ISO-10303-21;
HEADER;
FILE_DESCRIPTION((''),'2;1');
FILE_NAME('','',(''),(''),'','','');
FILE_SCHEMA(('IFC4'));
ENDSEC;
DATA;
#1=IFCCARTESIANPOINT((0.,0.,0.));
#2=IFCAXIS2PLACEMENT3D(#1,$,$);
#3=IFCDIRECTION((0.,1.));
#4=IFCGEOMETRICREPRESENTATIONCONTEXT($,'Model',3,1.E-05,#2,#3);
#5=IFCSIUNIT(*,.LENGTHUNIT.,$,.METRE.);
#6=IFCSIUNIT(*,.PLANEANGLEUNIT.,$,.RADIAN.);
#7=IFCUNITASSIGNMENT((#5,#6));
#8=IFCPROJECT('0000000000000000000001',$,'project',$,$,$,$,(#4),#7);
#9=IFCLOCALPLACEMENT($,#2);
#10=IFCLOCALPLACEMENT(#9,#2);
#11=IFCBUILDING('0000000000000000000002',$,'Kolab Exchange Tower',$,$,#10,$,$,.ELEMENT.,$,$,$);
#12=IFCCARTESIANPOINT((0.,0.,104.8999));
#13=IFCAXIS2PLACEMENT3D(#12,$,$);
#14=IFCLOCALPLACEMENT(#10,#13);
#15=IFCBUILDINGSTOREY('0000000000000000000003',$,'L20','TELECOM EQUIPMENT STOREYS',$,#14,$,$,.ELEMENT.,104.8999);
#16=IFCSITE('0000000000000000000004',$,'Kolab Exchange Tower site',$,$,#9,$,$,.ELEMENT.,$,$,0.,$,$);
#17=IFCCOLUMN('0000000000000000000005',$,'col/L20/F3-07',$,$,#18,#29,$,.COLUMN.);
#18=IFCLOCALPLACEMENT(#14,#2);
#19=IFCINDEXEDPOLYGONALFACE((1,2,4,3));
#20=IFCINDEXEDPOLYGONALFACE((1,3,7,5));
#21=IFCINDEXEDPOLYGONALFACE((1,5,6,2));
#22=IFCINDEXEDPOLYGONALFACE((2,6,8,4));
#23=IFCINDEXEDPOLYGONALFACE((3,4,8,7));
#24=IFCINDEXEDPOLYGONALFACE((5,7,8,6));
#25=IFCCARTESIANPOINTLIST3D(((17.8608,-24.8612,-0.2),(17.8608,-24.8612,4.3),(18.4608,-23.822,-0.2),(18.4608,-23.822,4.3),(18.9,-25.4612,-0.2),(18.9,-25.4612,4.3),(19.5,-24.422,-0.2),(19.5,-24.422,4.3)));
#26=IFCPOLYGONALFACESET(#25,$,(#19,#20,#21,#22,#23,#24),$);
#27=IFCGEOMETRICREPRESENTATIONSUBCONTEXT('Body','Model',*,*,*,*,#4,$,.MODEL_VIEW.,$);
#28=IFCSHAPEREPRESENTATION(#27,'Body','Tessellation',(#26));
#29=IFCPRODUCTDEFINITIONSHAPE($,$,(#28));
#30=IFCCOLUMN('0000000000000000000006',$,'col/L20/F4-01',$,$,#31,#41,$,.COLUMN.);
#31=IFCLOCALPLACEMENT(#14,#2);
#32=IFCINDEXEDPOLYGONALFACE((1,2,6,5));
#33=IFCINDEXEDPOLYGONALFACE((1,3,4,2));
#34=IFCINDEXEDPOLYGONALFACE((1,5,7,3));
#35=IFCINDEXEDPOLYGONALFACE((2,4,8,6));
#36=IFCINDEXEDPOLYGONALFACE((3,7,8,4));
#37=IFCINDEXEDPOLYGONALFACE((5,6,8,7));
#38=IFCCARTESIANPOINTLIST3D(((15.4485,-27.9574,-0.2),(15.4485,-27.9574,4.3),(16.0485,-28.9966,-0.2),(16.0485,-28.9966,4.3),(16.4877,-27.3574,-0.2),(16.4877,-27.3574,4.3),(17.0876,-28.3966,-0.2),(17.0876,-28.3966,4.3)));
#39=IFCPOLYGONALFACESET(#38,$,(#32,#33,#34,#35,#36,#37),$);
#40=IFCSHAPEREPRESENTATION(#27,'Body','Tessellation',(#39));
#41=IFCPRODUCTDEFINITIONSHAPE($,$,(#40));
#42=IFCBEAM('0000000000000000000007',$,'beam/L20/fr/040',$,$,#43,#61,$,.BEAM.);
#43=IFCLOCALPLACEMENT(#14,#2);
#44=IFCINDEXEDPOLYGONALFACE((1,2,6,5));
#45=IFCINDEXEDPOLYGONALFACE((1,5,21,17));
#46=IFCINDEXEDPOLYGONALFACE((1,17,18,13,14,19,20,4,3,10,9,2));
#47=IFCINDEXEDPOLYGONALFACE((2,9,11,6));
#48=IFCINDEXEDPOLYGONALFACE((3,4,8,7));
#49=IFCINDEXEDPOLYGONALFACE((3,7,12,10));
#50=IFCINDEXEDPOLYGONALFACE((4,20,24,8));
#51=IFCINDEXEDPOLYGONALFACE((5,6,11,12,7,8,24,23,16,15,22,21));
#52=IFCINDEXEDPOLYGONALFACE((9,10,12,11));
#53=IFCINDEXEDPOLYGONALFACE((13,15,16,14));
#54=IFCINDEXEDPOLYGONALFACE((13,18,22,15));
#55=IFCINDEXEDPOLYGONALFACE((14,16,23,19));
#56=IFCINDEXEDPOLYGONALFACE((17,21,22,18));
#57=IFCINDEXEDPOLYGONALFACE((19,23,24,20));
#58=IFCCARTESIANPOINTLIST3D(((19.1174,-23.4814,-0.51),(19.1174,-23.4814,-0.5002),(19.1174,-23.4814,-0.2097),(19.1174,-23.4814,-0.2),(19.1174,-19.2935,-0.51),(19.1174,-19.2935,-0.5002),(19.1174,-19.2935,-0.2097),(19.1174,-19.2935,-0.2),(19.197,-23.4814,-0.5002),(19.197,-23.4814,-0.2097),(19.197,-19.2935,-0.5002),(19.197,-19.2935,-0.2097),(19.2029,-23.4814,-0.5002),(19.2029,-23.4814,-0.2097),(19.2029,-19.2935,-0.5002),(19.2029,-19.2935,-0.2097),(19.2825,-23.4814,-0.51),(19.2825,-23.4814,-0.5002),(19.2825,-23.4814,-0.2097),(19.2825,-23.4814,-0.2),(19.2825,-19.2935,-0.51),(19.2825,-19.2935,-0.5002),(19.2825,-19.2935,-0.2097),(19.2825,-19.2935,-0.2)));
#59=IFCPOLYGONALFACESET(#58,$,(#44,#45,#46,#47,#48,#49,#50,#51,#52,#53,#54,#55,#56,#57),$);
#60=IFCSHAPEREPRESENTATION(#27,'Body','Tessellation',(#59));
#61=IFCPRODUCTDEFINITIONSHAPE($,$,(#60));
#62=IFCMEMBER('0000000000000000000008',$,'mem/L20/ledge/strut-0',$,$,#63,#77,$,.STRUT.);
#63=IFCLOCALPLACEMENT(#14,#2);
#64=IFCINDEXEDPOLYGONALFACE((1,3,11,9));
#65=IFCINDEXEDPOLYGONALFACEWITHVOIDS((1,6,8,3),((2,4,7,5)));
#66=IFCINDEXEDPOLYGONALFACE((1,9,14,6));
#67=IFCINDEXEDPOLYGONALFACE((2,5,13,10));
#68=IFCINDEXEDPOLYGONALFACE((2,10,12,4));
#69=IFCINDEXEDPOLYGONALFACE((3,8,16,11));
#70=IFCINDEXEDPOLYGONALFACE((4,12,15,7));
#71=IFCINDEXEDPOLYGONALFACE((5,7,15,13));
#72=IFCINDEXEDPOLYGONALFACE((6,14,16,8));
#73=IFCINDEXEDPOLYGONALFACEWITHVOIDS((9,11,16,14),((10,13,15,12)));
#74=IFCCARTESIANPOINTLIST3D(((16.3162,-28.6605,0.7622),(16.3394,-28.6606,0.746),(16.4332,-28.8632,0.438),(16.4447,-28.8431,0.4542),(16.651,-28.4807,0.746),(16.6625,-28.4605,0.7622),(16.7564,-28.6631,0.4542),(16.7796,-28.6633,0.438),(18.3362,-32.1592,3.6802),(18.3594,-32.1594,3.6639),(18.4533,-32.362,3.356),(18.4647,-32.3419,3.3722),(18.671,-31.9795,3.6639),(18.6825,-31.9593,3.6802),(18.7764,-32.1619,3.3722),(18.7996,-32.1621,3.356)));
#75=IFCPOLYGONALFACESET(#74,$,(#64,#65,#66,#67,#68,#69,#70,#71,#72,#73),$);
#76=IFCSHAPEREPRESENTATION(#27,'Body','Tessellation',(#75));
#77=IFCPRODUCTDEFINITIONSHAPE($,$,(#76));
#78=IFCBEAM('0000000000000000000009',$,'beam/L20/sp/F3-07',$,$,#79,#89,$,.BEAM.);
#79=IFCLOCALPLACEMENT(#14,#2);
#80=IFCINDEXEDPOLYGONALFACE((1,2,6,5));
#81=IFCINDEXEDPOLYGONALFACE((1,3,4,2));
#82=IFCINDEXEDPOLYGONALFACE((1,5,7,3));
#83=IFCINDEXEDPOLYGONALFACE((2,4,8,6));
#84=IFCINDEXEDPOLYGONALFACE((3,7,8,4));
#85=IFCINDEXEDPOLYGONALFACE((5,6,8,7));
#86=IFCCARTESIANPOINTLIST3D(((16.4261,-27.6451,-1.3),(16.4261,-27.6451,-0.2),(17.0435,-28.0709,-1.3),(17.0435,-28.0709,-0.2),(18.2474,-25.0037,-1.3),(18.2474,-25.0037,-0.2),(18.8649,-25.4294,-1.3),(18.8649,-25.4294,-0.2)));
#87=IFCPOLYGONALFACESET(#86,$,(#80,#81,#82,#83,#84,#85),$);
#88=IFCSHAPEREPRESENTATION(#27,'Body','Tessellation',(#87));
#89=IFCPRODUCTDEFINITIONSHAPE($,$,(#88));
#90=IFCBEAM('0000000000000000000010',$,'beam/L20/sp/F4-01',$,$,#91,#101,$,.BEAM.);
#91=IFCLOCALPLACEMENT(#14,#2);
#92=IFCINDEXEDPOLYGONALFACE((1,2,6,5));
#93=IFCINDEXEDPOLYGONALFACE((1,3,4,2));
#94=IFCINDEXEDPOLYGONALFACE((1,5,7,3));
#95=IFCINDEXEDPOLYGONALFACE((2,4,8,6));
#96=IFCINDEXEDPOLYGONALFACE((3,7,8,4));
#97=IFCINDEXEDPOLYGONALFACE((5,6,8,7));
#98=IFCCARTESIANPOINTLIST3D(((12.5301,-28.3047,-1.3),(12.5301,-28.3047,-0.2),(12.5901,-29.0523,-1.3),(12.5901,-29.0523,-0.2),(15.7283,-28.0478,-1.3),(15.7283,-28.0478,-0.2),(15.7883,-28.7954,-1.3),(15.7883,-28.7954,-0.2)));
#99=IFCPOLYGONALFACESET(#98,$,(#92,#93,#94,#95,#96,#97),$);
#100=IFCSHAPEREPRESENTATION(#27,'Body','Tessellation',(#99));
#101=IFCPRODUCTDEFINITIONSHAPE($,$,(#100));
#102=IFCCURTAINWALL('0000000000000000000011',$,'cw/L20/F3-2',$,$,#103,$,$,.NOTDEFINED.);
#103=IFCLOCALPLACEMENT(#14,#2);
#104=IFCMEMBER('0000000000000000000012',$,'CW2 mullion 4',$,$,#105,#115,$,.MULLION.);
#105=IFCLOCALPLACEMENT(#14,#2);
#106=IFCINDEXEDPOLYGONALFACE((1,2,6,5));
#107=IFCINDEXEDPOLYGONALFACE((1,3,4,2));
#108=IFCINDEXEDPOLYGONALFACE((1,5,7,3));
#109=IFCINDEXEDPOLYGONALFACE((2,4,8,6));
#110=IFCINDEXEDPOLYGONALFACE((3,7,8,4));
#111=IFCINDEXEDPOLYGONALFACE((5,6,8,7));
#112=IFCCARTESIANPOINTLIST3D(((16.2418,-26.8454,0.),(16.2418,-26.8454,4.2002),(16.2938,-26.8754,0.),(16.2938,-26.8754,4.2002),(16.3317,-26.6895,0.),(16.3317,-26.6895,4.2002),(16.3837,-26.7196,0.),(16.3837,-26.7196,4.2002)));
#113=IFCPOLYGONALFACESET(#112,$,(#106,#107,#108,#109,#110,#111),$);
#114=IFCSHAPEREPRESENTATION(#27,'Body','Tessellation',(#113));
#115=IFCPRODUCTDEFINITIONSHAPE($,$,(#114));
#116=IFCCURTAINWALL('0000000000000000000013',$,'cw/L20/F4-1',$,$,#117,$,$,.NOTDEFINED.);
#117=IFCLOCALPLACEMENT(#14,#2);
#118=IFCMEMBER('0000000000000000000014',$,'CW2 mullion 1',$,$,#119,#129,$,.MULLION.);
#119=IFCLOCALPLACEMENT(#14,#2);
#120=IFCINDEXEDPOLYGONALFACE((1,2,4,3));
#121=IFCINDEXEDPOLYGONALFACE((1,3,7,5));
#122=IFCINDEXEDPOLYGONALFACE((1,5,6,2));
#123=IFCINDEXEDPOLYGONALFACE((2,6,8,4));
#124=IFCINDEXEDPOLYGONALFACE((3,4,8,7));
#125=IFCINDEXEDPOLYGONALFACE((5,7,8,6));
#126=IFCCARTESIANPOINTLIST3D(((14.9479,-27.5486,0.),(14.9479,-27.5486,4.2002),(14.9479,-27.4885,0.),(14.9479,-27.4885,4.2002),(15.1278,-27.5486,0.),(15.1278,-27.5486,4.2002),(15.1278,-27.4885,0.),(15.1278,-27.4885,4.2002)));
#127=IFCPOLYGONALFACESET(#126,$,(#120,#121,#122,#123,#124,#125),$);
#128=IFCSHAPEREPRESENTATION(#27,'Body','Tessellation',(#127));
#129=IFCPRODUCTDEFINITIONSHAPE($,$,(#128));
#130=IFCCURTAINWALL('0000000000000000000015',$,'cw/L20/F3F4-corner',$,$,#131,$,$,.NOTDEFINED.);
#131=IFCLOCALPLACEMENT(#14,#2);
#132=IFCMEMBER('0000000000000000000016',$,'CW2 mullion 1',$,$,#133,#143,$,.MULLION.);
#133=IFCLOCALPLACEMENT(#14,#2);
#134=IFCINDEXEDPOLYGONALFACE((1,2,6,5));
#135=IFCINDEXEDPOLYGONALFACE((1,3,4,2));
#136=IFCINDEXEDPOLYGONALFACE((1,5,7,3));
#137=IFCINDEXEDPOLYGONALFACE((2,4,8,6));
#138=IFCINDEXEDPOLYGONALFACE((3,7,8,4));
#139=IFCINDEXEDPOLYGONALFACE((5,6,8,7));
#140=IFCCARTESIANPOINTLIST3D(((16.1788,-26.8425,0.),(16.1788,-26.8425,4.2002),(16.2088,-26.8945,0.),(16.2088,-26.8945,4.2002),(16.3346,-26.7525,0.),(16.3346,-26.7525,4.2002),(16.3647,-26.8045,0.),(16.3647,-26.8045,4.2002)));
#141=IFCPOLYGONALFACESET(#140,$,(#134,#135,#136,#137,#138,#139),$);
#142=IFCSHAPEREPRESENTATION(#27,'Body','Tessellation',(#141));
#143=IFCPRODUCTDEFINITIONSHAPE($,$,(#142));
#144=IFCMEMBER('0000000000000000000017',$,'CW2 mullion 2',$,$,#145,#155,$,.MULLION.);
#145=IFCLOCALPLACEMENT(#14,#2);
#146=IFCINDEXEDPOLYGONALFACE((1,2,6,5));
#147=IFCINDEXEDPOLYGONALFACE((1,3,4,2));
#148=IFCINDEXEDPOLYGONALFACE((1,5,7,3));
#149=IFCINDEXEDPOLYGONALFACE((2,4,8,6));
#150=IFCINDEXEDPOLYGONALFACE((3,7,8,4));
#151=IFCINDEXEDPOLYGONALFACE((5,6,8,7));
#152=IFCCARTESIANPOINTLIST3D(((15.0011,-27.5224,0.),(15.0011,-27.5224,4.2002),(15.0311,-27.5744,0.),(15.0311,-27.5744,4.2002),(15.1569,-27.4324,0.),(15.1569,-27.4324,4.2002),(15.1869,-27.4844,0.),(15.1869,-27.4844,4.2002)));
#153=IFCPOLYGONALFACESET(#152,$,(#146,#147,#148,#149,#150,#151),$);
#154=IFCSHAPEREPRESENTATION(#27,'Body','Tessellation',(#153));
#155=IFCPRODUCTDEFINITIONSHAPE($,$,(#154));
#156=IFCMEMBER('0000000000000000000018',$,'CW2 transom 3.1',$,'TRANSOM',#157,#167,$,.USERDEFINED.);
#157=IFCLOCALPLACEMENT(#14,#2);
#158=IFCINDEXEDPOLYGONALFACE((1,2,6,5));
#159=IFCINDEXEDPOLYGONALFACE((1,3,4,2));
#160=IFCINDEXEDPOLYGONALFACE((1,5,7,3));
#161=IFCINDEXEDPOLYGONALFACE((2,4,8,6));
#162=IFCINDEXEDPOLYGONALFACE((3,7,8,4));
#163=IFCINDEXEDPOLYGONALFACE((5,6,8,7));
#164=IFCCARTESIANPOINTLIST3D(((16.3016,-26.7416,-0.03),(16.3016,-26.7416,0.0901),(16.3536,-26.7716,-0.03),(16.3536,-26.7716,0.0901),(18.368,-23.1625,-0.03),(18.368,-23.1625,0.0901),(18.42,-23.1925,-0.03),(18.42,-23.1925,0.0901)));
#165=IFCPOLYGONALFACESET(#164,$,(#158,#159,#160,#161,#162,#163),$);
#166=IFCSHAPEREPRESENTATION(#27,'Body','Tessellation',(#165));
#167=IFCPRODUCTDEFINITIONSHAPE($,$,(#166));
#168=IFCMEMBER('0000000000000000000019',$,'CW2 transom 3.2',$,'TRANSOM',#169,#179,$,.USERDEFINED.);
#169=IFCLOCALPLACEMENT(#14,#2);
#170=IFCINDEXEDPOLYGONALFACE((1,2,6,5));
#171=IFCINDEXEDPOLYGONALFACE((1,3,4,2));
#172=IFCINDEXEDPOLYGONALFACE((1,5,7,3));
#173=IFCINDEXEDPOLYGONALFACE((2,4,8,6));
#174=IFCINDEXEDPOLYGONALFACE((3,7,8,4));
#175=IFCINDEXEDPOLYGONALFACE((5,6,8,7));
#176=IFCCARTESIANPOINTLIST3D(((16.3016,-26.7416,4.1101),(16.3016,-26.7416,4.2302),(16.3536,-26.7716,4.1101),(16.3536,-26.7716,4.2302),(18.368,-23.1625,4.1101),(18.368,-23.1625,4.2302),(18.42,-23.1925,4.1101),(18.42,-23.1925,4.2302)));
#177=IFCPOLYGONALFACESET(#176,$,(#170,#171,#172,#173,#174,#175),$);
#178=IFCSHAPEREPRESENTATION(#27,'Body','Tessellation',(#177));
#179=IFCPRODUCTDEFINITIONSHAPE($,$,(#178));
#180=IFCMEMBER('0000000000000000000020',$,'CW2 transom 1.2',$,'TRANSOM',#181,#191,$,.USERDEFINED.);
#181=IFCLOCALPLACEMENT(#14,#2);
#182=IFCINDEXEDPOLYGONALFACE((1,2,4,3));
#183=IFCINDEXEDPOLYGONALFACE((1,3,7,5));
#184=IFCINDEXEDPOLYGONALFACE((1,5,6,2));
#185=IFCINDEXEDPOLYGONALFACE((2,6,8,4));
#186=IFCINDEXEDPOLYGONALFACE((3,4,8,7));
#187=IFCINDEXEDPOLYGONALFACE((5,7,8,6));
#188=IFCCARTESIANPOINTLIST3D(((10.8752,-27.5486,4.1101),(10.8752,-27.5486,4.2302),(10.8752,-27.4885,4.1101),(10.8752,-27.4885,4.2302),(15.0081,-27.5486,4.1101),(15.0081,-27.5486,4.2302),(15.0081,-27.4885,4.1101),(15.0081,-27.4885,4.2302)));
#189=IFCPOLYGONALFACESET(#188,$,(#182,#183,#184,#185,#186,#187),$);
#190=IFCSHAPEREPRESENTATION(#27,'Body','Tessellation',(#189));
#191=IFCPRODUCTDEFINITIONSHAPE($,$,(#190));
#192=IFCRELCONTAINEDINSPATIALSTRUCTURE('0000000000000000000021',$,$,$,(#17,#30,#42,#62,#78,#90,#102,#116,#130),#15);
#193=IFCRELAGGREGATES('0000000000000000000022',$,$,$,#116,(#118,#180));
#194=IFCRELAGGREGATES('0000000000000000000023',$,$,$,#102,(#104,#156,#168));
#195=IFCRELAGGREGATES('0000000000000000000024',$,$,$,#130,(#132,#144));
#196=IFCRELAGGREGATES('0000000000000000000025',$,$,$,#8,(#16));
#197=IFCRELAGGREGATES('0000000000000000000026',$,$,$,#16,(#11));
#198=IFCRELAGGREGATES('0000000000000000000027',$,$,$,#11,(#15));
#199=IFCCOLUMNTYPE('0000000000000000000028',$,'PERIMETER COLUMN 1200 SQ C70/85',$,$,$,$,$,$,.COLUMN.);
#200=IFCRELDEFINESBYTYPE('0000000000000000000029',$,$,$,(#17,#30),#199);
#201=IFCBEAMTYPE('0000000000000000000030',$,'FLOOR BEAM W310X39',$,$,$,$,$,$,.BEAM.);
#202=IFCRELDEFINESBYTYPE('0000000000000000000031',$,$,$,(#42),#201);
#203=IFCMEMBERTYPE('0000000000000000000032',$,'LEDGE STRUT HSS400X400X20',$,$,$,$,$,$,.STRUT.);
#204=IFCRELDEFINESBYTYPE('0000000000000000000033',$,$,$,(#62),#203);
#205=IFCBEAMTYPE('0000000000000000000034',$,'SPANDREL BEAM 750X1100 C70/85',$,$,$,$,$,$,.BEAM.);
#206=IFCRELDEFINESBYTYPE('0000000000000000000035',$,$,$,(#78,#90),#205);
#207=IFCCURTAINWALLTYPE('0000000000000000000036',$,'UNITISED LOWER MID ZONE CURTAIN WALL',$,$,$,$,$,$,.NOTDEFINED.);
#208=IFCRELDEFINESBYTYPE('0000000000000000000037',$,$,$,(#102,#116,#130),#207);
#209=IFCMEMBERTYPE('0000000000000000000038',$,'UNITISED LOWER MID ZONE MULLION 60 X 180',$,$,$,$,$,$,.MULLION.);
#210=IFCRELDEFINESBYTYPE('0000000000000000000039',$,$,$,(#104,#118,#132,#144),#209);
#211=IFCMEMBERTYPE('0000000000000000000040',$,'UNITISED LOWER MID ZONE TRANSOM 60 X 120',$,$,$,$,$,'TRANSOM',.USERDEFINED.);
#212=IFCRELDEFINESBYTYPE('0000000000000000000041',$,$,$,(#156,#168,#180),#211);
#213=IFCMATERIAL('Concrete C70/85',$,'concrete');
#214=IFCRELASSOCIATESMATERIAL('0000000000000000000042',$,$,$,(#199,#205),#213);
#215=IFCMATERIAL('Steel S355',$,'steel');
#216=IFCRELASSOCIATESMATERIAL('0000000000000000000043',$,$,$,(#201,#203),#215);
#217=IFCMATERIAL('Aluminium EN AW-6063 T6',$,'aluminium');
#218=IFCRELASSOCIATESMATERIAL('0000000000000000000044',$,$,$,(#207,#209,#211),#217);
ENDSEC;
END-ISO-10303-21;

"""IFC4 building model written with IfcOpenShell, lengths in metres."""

from ifc_helpers import new_model, si_unit, direction, frame, origin, origin_2d, place, context, subcontext, project, spatial, rectangle, hollow_rectangle, i_section, extrude, material, material_profile, profile_set, type_object, element, aggregate, save


model = new_model("IFC4")

# Units and contexts
model_context = context("Model", 3, precision=1e-05, world=origin(), true_north=direction((0.0, 1.0)))
body_context = subcontext(model_context, "Body", "Model", "MODEL_VIEW")
ifc_project = project(units=[si_unit("LENGTHUNIT", "METRE"), si_unit("PLANEANGLEUNIT", "RADIAN")], contexts=[model_context])

# Site, building, storey
site_placement = place(None, origin())
site = spatial("IfcSite", under=ifc_project, at=site_placement, Name="Kolab Exchange Tower site", CompositionType="ELEMENT", RefElevation=0.0)
building_placement = place(site_placement, origin())
building = spatial("IfcBuilding", under=site, at=building_placement, Name="Kolab Exchange Tower", CompositionType="ELEMENT")
storey_placement = place(building_placement, frame((0.0, 0.0, 104.8999)))
storey = spatial("IfcBuildingStorey", under=building, at=storey_placement, Name="L20", Description="TELECOM EQUIPMENT STOREYS", CompositionType="ELEMENT", Elevation=104.8999)

# Columns
ifc_material_1 = material(Name="Concrete C70/85", Category="concrete")
ifc_material_profile_1 = material_profile(ifc_material_1, rectangle(XDim=1.2, YDim=1.2, at=origin_2d()), Name="RC1200")
ifc_profile_set_1 = profile_set([ifc_material_profile_1], Name="Concrete C70/85")
column_type = type_object("IfcColumnType", Name="PERIMETER COLUMN 1200 SQ C70/85", PredefinedType="COLUMN", material=ifc_profile_set_1)
for number, where, z_axis, x_axis, name in (
    (1, (18.6804, -24.6416, -0.2), (0.0, 0.0, 1.0), (0.5, 0.866025, 0.0), "col/L20/F3-07"),
    (2, (16.2681, -28.177, -0.2), (0.0, 0.0, 1.0), (0.866025, 0.5, 0.0), "col/L20/F4-01"),
):
    element("IfcColumn", number, at=place(storey_placement, frame(where, z_axis=z_axis, x_axis=x_axis)), inside=storey, type_object=column_type, Name=name, PredefinedType="COLUMN", context=body_context, shape_type="SweptSolid", body=[
        extrude(rectangle(XDim=1.2, YDim=1.2, at=origin_2d()), origin(), (0.0, 0.0, 1.0), 4.5),
    ])

# Beam
ifc_material_2 = material(Name="Steel S355", Category="steel")
ifc_material_profile_2 = material_profile(ifc_material_2, i_section(OverallWidth=0.165, OverallDepth=0.3101, WebThickness=0.0059, FlangeThickness=0.0098, at=origin_2d()), Name="W310X39")
ifc_profile_set_2 = profile_set([ifc_material_profile_2], Name="Steel S355")
beam_type_1 = type_object("IfcBeamType", Name="FLOOR BEAM W310X39", PredefinedType="BEAM", material=ifc_profile_set_2)
beam_placement = place(storey_placement, frame((19.2, -23.4814, -0.355), z_axis=(0.0, 1.0, 0.0), x_axis=(-1.0, 0.0, 0.0)))
element("IfcBeam", 3, at=beam_placement, inside=storey, type_object=beam_type_1, Name="beam/L20/fr/040", PredefinedType="BEAM", context=body_context, shape_type="SweptSolid", body=[
    extrude(i_section(OverallWidth=0.165, OverallDepth=0.3101, WebThickness=0.0059, FlangeThickness=0.0098, at=origin_2d()), origin(), (0.0, 0.0, 1.0), 4.188),
])

# Member
ifc_material_profile_3 = material_profile(ifc_material_2, hollow_rectangle(XDim=0.3999, YDim=0.3999, WallThickness=0.02, at=origin_2d()), Name="HSS400X400X20")
ifc_profile_set_3 = profile_set([ifc_material_profile_3], Name="Steel S355")
member_type_1 = type_object("IfcMemberType", Name="LEDGE STRUT HSS400X400X20", PredefinedType="STRUT", material=ifc_profile_set_3)
member_1_placement = place(storey_placement, frame((16.5479, -28.6619, 0.6001), z_axis=(0.405332, -0.702056, 0.585512), x_axis=(0.866026, 0.5, 0.0)))
element("IfcMember", 4, at=member_1_placement, inside=storey, type_object=member_type_1, Name="mem/L20/ledge/strut-0", PredefinedType="STRUT", context=body_context, shape_type="SweptSolid", body=[
    extrude(hollow_rectangle(XDim=0.3999, YDim=0.3999, WallThickness=0.02, at=origin_2d()), origin(), (0.0, 0.0, 1.0), 4.9836),
])

# Beams
ifc_material_profile_4 = material_profile(ifc_material_1, rectangle(XDim=0.75, YDim=1.1001, at=origin_2d()), Name="RC750X1100")
ifc_profile_set_4 = profile_set([ifc_material_profile_4], Name="Concrete C70/85")
beam_type_2 = type_object("IfcBeamType", Name="SPANDREL BEAM 750X1100 C70/85", PredefinedType="BEAM", material=ifc_profile_set_4)
for number, where, z_axis, x_axis, name in (
    (5, (18.5562, -25.2166, -0.75), (-0.567662, -0.823262, 0.0), (0.823262, -0.567662, 0.0), "beam/L20/sp/F3-07"),
    (6, (15.7583, -28.4216, -0.75), (-0.996791, -0.080048, 0.0), (0.080048, -0.996791, 0.0), "beam/L20/sp/F4-01"),
):
    element("IfcBeam", number, at=place(storey_placement, frame(where, z_axis=z_axis, x_axis=x_axis)), inside=storey, type_object=beam_type_2, Name=name, PredefinedType="BEAM", context=body_context, shape_type="SweptSolid", body=[
        extrude(rectangle(XDim=0.75, YDim=1.1001, at=origin_2d()), origin(), (0.0, 0.0, 1.0), 3.2085),
    ])

# Curtain walls, members
ifc_material_3 = material(Name="Aluminium EN AW-6063 T6", Category="aluminium")
curtain_wall_type = type_object("IfcCurtainWallType", Name="UNITISED LOWER MID ZONE CURTAIN WALL", PredefinedType="NOTDEFINED", material=ifc_material_3)
curtain_wall_1_placement = place(storey_placement, origin())
curtain_wall_1 = element("IfcCurtainWall", 7, at=curtain_wall_1_placement, inside=storey, type_object=curtain_wall_type, Name="cw/L20/F3-2", PredefinedType="NOTDEFINED")
ifc_material_profile_5 = material_profile(ifc_material_3, rectangle(XDim=0.0601, YDim=0.1799, at=origin_2d()), Name="RECT 60X180")
ifc_profile_set_5 = profile_set([ifc_material_profile_5], Name="Aluminium EN AW-6063 T6")
member_type_2 = type_object("IfcMemberType", Name="UNITISED LOWER MID ZONE MULLION 60 X 180", PredefinedType="MULLION", material=ifc_profile_set_5)
member_2_placement = place(storey_placement, frame((16.3127, -26.7825, 0.0), z_axis=(0.0, 0.0, 1.0), x_axis=(0.866025, -0.5, 0.0)))
member_2 = element("IfcMember", 8, at=member_2_placement, type_object=member_type_2, Name="CW2 mullion 4", PredefinedType="MULLION", context=body_context, shape_type="SweptSolid", body=[
    extrude(rectangle(XDim=0.0601, YDim=0.1799, at=origin_2d()), origin(), (0.0, 0.0, 1.0), 4.2002),
])
curtain_wall_2_placement = place(storey_placement, origin())
curtain_wall_2 = element("IfcCurtainWall", 9, at=curtain_wall_2_placement, inside=storey, type_object=curtain_wall_type, Name="cw/L20/F4-1", PredefinedType="NOTDEFINED")
member_3_placement = place(storey_placement, frame((15.0378, -27.5186, 0.0), z_axis=(0.0, 0.0, 1.0), x_axis=(0.0, -1.0, 0.0)))
member_3 = element("IfcMember", 10, at=member_3_placement, type_object=member_type_2, Name="CW2 mullion 1", PredefinedType="MULLION", context=body_context, shape_type="SweptSolid", body=[
    extrude(rectangle(XDim=0.0601, YDim=0.1799, at=origin_2d()), origin(), (0.0, 0.0, 1.0), 4.2002),
])

# Curtain wall, members
curtain_wall_3_placement = place(storey_placement, origin())
curtain_wall_3 = element("IfcCurtainWall", 11, at=curtain_wall_3_placement, inside=storey, type_object=curtain_wall_type, Name="cw/L20/F3F4-corner", PredefinedType="NOTDEFINED")
member_4_placement = place(storey_placement, frame((16.2717, -26.8235, 0.0), z_axis=(0.0, 0.0, 1.0), x_axis=(0.5, -0.866025, 0.0)))
member_4 = element("IfcMember", 12, at=member_4_placement, type_object=member_type_2, Name="CW2 mullion 1", PredefinedType="MULLION", context=body_context, shape_type="SweptSolid", body=[
    extrude(rectangle(XDim=0.0601, YDim=0.1799, at=origin_2d()), origin(), (0.0, 0.0, 1.0), 4.2002),
])
member_5_placement = place(storey_placement, frame((15.094, -27.5034, 0.0), z_axis=(0.0, 0.0, 1.0), x_axis=(0.5, -0.866025, 0.0)))
member_5 = element("IfcMember", 13, at=member_5_placement, type_object=member_type_2, Name="CW2 mullion 2", PredefinedType="MULLION", context=body_context, shape_type="SweptSolid", body=[
    extrude(rectangle(XDim=0.0601, YDim=0.1799, at=origin_2d()), origin(), (0.0, 0.0, 1.0), 4.2002),
])

# Members
ifc_material_profile_6 = material_profile(ifc_material_3, rectangle(XDim=0.0601, YDim=0.1201, at=origin_2d()), Name="RECT 60X120")
ifc_profile_set_6 = profile_set([ifc_material_profile_6], Name="Aluminium EN AW-6063 T6")
member_type_3 = type_object("IfcMemberType", Name="UNITISED LOWER MID ZONE TRANSOM 60 X 120", ElementType="TRANSOM", PredefinedType="USERDEFINED", material=ifc_profile_set_6)
member_6_placement = place(storey_placement, frame((18.394, -23.1775, 0.03), z_axis=(-0.500002, -0.866024, 0.0), x_axis=(0.866024, -0.500002, 0.0)))
member_6 = element("IfcMember", 14, at=member_6_placement, type_object=member_type_3, Name="CW2 transom 3.1", ObjectType="TRANSOM", PredefinedType="USERDEFINED", context=body_context, shape_type="SweptSolid", body=[
    extrude(rectangle(XDim=0.0601, YDim=0.1201, at=origin_2d()), origin(), (0.0, 0.0, 1.0), 4.1328),
])
member_7_placement = place(storey_placement, frame((18.394, -23.1775, 4.1702), z_axis=(-0.500002, -0.866024, 0.0), x_axis=(0.866024, -0.500002, 0.0)))
member_7 = element("IfcMember", 15, at=member_7_placement, type_object=member_type_3, Name="CW2 transom 3.2", ObjectType="TRANSOM", PredefinedType="USERDEFINED", context=body_context, shape_type="SweptSolid", body=[
    extrude(rectangle(XDim=0.0601, YDim=0.1201, at=origin_2d()), origin(), (0.0, 0.0, 1.0), 4.1328),
])
member_8_placement = place(storey_placement, frame((15.0081, -27.5186, 4.1702), z_axis=(-1.0, 0.0, 0.0), x_axis=(0.0, -1.0, 0.0)))
member_8 = element("IfcMember", 16, at=member_8_placement, type_object=member_type_3, Name="CW2 transom 1.2", ObjectType="TRANSOM", PredefinedType="USERDEFINED", context=body_context, shape_type="SweptSolid", body=[
    extrude(rectangle(XDim=0.0601, YDim=0.1201, at=origin_2d()), origin(), (0.0, 0.0, 1.0), 4.1328),
])
aggregate(curtain_wall_2, [member_3, member_8])

aggregate(curtain_wall_1, [member_2, member_6, member_7])
aggregate(curtain_wall_3, [member_4, member_5])

save(model, "model.ifc")
